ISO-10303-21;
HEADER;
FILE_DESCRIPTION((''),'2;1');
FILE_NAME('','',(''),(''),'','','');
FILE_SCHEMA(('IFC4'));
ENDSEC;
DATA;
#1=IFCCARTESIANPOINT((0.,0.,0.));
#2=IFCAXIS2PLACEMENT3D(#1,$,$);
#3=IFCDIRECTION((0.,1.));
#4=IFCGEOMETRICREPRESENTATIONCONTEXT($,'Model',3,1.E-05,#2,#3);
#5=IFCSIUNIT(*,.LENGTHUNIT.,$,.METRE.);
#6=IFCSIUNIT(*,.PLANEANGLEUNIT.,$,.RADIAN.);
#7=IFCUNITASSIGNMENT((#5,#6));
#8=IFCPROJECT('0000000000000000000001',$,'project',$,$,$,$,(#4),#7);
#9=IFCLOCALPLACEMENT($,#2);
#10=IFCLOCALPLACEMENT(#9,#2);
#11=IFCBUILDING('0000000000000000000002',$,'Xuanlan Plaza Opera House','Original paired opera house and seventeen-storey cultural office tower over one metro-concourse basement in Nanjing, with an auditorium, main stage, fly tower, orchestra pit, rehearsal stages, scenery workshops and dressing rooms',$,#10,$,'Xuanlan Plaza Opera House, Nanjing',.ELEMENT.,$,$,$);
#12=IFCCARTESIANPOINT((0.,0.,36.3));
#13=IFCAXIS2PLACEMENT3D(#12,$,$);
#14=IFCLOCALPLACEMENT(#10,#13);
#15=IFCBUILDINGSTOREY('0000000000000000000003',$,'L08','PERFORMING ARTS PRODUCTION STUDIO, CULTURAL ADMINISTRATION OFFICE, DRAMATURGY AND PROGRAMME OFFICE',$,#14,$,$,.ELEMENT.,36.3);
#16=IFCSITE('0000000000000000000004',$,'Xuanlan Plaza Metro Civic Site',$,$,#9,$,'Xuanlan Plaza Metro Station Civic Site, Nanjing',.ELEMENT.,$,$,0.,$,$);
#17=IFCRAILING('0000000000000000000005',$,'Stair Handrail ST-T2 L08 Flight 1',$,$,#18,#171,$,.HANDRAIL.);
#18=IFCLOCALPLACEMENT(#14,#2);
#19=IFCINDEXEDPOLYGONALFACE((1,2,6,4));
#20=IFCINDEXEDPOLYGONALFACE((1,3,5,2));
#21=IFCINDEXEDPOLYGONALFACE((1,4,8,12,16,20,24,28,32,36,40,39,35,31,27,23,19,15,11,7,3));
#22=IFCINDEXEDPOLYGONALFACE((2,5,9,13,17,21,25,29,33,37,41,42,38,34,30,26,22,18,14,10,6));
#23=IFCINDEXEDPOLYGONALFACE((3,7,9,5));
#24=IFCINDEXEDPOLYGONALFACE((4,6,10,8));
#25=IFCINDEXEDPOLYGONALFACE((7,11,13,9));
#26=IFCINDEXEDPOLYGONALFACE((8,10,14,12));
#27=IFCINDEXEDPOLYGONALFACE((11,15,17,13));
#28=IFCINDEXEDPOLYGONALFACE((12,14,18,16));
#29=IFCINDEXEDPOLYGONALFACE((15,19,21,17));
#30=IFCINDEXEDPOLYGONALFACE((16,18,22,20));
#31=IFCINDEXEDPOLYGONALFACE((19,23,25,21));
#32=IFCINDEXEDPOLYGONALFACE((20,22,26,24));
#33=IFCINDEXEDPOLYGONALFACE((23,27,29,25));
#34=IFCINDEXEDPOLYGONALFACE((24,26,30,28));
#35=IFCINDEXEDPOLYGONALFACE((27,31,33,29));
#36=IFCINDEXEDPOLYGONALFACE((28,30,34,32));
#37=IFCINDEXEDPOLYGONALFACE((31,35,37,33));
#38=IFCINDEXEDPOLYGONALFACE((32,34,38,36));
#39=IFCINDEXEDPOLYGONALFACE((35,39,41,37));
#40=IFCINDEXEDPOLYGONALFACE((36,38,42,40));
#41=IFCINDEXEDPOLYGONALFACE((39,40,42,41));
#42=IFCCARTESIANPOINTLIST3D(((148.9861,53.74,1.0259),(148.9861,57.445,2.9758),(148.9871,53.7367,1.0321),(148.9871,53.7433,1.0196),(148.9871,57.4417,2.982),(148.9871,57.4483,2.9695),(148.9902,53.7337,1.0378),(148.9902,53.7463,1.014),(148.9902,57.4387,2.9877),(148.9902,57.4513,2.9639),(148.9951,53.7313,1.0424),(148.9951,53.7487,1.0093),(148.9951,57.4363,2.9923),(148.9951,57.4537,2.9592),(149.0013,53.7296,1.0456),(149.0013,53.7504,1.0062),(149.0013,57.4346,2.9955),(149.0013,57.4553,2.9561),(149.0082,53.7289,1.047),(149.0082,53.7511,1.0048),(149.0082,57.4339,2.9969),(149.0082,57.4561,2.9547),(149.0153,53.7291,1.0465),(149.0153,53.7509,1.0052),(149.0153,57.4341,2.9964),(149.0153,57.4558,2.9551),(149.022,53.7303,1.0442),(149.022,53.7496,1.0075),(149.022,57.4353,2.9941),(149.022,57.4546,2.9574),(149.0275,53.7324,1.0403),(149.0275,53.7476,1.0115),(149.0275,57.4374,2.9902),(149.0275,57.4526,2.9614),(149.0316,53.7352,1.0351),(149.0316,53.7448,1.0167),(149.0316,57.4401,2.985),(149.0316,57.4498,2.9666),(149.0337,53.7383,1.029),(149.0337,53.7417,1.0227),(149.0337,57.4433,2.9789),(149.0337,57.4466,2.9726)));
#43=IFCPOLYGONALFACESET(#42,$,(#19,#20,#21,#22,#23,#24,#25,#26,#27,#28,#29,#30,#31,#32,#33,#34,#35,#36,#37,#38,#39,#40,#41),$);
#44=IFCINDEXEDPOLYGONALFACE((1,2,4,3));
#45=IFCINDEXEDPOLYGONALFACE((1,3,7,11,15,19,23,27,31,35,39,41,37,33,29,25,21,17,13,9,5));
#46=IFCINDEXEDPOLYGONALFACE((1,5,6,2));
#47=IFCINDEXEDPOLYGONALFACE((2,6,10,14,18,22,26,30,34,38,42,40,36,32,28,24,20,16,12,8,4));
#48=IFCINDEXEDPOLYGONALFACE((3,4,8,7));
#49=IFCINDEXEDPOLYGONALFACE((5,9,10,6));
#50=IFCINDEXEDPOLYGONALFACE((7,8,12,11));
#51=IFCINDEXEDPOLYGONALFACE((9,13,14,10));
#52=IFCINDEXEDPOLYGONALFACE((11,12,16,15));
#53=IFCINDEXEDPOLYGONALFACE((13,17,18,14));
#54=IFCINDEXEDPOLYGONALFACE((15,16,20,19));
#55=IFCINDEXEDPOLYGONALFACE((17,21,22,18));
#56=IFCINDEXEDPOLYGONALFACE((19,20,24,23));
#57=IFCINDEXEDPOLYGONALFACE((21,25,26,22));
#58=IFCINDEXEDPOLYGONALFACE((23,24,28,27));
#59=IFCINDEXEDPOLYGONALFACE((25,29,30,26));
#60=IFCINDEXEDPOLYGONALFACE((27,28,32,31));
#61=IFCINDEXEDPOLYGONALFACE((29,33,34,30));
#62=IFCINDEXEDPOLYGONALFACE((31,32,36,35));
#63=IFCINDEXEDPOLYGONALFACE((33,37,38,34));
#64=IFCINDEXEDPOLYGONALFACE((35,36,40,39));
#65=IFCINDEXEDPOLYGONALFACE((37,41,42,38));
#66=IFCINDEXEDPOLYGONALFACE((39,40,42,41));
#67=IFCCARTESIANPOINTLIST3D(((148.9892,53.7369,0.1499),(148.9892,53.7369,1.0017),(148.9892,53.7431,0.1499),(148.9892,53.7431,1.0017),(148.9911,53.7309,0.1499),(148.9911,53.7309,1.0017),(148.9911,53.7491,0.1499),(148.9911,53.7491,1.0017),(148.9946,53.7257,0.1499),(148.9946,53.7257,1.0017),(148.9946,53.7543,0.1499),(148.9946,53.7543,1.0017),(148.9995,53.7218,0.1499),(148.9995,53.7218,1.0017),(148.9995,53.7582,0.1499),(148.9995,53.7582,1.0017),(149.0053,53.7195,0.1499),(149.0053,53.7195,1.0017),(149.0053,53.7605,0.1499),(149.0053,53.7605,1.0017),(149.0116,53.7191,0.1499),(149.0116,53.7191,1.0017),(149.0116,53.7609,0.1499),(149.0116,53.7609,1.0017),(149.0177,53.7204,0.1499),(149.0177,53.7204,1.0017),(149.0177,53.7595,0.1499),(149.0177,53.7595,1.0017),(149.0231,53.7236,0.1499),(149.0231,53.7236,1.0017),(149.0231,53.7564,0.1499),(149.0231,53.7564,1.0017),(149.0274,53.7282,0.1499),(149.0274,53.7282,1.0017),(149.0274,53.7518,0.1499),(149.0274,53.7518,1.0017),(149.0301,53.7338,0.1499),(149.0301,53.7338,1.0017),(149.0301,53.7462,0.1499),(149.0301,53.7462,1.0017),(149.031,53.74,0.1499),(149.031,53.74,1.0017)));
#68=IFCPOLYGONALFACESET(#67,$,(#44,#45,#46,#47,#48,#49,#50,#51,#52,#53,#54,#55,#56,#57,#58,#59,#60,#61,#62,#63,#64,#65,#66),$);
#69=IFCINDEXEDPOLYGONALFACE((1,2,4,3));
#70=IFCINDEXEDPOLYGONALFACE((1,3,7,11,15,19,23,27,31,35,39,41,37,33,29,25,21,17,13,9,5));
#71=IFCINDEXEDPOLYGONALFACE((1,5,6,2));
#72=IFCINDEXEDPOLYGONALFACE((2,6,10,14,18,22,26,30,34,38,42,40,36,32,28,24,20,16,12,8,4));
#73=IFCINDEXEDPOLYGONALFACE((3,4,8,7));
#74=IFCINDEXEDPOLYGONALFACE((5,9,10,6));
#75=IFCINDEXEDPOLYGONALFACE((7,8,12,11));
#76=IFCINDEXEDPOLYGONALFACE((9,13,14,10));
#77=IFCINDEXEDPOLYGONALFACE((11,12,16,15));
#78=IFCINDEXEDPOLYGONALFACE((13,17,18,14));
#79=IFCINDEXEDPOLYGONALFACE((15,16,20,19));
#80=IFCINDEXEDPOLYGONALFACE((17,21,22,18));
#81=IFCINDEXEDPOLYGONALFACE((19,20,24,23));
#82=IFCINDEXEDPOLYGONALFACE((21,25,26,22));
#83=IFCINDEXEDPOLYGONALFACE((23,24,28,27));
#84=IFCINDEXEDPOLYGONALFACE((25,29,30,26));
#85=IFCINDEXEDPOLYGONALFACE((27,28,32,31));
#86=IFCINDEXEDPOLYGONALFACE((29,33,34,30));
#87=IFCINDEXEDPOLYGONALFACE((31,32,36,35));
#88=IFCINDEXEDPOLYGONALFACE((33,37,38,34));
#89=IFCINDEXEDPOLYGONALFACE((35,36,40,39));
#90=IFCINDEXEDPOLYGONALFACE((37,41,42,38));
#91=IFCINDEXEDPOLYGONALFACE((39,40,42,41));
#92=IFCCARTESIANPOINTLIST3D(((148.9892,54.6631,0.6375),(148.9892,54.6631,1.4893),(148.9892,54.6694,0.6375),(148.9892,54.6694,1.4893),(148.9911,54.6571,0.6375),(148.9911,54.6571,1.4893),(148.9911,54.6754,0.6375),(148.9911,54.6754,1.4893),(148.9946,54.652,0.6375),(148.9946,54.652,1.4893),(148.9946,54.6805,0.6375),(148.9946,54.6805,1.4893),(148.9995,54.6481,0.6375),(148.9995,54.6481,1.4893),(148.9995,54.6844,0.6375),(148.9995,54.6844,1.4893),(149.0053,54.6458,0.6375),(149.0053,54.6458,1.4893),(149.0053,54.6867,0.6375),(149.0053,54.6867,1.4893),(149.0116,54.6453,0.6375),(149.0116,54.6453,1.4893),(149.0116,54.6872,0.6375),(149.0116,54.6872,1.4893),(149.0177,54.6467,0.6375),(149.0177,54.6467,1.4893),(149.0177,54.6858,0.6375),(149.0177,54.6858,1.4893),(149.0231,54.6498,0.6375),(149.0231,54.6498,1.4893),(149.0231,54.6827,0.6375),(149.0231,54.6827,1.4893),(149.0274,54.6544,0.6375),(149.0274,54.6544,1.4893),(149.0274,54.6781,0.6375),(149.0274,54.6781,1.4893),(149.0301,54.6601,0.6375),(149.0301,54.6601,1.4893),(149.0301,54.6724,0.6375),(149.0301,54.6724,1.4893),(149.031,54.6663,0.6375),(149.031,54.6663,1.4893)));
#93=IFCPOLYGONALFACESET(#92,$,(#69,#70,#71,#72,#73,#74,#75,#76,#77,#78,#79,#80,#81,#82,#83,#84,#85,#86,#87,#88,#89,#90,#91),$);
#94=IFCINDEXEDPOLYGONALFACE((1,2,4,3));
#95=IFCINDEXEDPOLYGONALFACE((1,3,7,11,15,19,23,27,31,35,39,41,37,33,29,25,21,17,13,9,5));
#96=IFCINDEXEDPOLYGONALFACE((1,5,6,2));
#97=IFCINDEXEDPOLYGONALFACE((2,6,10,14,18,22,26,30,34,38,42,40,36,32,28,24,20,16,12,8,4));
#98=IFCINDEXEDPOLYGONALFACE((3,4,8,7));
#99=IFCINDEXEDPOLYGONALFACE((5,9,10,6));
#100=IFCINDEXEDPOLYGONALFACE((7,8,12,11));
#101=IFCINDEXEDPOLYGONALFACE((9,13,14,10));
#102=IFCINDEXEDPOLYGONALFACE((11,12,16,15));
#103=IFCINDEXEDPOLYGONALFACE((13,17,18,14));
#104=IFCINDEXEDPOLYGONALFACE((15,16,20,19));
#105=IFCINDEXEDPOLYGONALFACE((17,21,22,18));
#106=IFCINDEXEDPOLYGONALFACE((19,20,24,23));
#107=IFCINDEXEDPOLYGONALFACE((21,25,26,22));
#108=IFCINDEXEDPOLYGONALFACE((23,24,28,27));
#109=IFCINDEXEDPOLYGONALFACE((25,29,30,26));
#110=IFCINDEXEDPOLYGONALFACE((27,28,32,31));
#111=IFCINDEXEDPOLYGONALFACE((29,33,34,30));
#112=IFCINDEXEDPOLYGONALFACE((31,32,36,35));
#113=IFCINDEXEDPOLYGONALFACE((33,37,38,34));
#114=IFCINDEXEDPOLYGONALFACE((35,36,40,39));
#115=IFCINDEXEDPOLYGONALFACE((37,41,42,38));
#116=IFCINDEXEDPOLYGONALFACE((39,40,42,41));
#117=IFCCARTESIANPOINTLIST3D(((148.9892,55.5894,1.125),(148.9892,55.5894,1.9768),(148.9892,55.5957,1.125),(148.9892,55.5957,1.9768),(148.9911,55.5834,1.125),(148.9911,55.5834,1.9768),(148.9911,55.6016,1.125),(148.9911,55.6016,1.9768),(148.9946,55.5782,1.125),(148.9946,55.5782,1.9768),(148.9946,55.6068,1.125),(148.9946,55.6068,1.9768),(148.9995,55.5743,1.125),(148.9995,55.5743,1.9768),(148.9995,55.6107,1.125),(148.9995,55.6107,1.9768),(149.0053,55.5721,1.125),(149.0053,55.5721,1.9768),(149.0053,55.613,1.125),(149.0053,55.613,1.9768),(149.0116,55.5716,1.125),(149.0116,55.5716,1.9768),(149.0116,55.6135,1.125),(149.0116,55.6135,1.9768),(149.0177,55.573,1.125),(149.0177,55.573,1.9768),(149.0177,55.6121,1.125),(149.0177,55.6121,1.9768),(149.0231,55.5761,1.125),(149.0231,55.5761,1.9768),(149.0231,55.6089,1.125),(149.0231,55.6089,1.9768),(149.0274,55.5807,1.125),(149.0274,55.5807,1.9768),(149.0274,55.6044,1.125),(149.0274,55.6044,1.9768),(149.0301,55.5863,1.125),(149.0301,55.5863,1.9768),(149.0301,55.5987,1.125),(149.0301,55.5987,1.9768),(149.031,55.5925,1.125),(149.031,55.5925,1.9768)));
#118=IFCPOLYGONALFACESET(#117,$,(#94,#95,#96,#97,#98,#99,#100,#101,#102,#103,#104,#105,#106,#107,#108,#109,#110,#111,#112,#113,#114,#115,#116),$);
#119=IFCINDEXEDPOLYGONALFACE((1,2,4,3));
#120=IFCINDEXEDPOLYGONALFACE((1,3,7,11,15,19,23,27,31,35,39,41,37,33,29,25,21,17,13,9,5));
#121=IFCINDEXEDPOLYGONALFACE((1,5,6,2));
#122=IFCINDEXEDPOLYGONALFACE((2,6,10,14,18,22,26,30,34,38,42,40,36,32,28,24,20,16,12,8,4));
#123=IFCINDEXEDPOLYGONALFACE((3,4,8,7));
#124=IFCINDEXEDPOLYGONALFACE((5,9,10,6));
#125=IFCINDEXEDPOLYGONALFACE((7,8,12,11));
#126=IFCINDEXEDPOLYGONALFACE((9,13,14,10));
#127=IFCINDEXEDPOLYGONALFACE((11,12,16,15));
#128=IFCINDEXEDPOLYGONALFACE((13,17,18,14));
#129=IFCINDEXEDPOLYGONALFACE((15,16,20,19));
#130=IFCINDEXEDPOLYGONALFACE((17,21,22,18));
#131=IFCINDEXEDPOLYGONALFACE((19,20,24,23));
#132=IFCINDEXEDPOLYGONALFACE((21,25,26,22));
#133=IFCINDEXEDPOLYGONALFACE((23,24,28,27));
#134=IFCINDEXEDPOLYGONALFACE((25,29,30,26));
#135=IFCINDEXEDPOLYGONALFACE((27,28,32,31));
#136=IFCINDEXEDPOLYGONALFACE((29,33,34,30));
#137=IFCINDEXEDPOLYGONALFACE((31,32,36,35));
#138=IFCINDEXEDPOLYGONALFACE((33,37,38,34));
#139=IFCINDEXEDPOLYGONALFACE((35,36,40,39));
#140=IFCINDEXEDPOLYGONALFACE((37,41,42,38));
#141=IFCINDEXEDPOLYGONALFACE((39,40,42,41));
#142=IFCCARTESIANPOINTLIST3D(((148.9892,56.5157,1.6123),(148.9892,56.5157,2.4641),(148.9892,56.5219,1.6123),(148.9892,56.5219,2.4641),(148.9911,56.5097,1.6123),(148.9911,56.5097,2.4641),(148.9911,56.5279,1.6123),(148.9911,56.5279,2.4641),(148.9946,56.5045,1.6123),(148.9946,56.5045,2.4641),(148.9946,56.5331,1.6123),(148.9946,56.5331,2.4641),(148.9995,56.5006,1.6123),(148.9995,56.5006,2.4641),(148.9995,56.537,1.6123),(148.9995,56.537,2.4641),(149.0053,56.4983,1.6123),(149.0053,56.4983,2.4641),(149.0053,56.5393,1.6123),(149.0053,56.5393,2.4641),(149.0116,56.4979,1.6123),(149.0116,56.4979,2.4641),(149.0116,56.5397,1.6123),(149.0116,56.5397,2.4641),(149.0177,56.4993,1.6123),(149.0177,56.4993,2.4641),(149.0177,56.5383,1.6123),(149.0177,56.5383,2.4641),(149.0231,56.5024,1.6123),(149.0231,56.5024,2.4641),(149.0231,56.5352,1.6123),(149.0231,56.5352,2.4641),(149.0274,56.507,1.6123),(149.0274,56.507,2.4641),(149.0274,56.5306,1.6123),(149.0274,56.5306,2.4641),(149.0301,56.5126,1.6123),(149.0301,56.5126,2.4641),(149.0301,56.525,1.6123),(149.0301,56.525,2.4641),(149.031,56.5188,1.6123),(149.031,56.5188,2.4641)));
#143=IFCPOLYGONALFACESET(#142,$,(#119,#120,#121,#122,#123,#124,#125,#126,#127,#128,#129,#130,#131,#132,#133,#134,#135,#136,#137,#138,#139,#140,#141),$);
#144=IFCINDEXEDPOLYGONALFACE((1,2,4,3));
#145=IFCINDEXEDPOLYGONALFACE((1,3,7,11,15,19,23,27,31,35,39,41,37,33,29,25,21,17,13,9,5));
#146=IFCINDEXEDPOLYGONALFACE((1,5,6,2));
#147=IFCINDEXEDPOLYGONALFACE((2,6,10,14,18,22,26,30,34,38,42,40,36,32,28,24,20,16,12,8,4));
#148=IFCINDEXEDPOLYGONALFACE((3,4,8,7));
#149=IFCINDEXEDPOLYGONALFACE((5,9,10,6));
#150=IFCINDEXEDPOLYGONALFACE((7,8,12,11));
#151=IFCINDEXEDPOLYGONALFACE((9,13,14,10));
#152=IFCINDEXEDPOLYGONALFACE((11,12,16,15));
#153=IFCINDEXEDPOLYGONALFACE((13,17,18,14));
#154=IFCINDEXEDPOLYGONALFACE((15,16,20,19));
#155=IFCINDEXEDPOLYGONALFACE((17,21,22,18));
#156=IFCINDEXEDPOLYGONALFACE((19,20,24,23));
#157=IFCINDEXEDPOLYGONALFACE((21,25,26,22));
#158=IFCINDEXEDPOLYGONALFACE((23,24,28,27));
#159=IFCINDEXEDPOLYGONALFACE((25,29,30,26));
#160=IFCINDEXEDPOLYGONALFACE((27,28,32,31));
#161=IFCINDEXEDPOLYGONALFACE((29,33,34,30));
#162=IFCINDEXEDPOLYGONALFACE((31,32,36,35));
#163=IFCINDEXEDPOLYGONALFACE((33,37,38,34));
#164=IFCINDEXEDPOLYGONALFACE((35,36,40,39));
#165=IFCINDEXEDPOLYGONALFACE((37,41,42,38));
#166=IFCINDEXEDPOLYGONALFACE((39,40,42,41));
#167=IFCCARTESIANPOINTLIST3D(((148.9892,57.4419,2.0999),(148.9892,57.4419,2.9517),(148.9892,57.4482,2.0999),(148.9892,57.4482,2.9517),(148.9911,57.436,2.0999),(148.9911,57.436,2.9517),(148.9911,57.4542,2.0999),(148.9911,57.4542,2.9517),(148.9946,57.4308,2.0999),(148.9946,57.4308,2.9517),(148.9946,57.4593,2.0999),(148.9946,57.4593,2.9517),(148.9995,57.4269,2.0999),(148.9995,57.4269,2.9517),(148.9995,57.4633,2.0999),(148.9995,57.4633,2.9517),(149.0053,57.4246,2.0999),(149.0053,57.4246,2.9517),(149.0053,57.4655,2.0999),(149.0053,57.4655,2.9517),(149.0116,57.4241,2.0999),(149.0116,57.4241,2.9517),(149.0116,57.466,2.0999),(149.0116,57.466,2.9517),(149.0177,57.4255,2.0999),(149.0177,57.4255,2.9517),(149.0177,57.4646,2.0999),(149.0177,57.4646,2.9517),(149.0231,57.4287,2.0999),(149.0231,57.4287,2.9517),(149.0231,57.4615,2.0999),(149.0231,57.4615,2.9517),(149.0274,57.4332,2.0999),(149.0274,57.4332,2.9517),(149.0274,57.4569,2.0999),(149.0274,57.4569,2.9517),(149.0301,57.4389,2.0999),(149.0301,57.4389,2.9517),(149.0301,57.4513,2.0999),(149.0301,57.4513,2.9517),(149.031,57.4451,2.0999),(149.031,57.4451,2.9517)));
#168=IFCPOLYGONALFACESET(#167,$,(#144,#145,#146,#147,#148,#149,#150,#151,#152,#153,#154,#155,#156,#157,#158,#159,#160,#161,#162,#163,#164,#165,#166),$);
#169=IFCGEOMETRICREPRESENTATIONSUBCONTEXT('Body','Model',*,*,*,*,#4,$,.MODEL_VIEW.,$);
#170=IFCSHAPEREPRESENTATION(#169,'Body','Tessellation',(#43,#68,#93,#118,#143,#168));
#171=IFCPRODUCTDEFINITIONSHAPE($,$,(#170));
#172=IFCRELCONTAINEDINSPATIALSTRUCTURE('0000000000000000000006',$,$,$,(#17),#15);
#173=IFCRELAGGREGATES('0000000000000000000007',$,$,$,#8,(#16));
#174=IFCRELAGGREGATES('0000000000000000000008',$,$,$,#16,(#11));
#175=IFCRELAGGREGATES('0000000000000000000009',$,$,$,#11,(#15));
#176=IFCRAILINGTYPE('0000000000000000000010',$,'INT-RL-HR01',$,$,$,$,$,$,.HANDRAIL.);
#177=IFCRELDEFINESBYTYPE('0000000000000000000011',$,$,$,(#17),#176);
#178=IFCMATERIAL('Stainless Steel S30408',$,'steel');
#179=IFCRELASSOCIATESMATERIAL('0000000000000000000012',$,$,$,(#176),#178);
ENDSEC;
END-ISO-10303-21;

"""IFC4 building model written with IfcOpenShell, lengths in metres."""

from ifc_helpers import new_model, si_unit, direction, frame, origin, origin_2d, place, context, subcontext, project, spatial, circle, extrude, material, type_object, element, save


model = new_model("IFC4")

# Units and contexts
model_context = context("Model", 3, precision=1e-05, world=origin(), true_north=direction((0.0, 1.0)))
body_context = subcontext(model_context, "Body", "Model", "MODEL_VIEW")
ifc_project = project(units=[si_unit("LENGTHUNIT", "METRE"), si_unit("PLANEANGLEUNIT", "RADIAN")], contexts=[model_context])

# Site, building, storey
site_placement = place(None, origin())
site = spatial("IfcSite", under=ifc_project, at=site_placement, Name="Xuanlan Plaza Metro Civic Site", LongName="Xuanlan Plaza Metro Station Civic Site, Nanjing", CompositionType="ELEMENT", RefElevation=0.0)
building_placement = place(site_placement, origin())
building = spatial("IfcBuilding", under=site, at=building_placement, Name="Xuanlan Plaza Opera House", Description="Original paired opera house and seventeen-storey cultural office tower over one metro-concourse basement in Nanjing, with an auditorium, main stage, fly tower, orchestra pit, rehearsal stages, scenery workshops and dressing rooms", LongName="Xuanlan Plaza Opera House, Nanjing", CompositionType="ELEMENT")
storey_placement = place(building_placement, frame((0.0, 0.0, 36.3)))
storey = spatial("IfcBuildingStorey", under=building, at=storey_placement, Name="L08", Description="PERFORMING ARTS PRODUCTION STUDIO, CULTURAL ADMINISTRATION OFFICE, DRAMATURGY AND PROGRAMME OFFICE", CompositionType="ELEMENT", Elevation=36.3)

# Shared definitions
ifc_material_1 = material(Name="Stainless Steel S30408", Category="steel")

# Railing
railing_type = type_object("IfcRailingType", Name="INT-RL-HR01", PredefinedType="HANDRAIL", material=ifc_material_1)
railing_placement = place(storey_placement, frame((149.01, 53.74, 0.1499)))
element("IfcRailing", 1, at=railing_placement, inside=storey, type_object=railing_type, Name="Stair Handrail ST-T2 L08 Flight 1", PredefinedType="HANDRAIL", context=body_context, shape_type="SweptSolid", body=[
    extrude(circle(Radius=0.0239, at=origin_2d()), frame((0.0, 0.0, 0.876), z_axis=(0.0, 0.884927, 0.46573), x_axis=(-1.0, 0.0, 0.0)), (0.0, 0.0, 1.0), 4.1868),
    extrude(circle(Radius=0.021, at=origin_2d()), origin(), (0.0, 0.0, 1.0), 0.8518),
    extrude(circle(Radius=0.021, at=origin_2d()), frame((0.0, 0.9263, 0.4875)), (0.0, 0.0, 1.0), 0.8518),
    extrude(circle(Radius=0.021, at=origin_2d()), frame((0.0, 1.8525, 0.9751)), (0.0, 0.0, 1.0), 0.8518),
    extrude(circle(Radius=0.021, at=origin_2d()), frame((0.0, 2.7788, 1.4624)), (0.0, 0.0, 1.0), 0.8518),
    extrude(circle(Radius=0.021, at=origin_2d()), frame((0.0, 3.7051, 1.95)), (0.0, 0.0, 1.0), 0.8518),
])

save(model, "model.ifc")
